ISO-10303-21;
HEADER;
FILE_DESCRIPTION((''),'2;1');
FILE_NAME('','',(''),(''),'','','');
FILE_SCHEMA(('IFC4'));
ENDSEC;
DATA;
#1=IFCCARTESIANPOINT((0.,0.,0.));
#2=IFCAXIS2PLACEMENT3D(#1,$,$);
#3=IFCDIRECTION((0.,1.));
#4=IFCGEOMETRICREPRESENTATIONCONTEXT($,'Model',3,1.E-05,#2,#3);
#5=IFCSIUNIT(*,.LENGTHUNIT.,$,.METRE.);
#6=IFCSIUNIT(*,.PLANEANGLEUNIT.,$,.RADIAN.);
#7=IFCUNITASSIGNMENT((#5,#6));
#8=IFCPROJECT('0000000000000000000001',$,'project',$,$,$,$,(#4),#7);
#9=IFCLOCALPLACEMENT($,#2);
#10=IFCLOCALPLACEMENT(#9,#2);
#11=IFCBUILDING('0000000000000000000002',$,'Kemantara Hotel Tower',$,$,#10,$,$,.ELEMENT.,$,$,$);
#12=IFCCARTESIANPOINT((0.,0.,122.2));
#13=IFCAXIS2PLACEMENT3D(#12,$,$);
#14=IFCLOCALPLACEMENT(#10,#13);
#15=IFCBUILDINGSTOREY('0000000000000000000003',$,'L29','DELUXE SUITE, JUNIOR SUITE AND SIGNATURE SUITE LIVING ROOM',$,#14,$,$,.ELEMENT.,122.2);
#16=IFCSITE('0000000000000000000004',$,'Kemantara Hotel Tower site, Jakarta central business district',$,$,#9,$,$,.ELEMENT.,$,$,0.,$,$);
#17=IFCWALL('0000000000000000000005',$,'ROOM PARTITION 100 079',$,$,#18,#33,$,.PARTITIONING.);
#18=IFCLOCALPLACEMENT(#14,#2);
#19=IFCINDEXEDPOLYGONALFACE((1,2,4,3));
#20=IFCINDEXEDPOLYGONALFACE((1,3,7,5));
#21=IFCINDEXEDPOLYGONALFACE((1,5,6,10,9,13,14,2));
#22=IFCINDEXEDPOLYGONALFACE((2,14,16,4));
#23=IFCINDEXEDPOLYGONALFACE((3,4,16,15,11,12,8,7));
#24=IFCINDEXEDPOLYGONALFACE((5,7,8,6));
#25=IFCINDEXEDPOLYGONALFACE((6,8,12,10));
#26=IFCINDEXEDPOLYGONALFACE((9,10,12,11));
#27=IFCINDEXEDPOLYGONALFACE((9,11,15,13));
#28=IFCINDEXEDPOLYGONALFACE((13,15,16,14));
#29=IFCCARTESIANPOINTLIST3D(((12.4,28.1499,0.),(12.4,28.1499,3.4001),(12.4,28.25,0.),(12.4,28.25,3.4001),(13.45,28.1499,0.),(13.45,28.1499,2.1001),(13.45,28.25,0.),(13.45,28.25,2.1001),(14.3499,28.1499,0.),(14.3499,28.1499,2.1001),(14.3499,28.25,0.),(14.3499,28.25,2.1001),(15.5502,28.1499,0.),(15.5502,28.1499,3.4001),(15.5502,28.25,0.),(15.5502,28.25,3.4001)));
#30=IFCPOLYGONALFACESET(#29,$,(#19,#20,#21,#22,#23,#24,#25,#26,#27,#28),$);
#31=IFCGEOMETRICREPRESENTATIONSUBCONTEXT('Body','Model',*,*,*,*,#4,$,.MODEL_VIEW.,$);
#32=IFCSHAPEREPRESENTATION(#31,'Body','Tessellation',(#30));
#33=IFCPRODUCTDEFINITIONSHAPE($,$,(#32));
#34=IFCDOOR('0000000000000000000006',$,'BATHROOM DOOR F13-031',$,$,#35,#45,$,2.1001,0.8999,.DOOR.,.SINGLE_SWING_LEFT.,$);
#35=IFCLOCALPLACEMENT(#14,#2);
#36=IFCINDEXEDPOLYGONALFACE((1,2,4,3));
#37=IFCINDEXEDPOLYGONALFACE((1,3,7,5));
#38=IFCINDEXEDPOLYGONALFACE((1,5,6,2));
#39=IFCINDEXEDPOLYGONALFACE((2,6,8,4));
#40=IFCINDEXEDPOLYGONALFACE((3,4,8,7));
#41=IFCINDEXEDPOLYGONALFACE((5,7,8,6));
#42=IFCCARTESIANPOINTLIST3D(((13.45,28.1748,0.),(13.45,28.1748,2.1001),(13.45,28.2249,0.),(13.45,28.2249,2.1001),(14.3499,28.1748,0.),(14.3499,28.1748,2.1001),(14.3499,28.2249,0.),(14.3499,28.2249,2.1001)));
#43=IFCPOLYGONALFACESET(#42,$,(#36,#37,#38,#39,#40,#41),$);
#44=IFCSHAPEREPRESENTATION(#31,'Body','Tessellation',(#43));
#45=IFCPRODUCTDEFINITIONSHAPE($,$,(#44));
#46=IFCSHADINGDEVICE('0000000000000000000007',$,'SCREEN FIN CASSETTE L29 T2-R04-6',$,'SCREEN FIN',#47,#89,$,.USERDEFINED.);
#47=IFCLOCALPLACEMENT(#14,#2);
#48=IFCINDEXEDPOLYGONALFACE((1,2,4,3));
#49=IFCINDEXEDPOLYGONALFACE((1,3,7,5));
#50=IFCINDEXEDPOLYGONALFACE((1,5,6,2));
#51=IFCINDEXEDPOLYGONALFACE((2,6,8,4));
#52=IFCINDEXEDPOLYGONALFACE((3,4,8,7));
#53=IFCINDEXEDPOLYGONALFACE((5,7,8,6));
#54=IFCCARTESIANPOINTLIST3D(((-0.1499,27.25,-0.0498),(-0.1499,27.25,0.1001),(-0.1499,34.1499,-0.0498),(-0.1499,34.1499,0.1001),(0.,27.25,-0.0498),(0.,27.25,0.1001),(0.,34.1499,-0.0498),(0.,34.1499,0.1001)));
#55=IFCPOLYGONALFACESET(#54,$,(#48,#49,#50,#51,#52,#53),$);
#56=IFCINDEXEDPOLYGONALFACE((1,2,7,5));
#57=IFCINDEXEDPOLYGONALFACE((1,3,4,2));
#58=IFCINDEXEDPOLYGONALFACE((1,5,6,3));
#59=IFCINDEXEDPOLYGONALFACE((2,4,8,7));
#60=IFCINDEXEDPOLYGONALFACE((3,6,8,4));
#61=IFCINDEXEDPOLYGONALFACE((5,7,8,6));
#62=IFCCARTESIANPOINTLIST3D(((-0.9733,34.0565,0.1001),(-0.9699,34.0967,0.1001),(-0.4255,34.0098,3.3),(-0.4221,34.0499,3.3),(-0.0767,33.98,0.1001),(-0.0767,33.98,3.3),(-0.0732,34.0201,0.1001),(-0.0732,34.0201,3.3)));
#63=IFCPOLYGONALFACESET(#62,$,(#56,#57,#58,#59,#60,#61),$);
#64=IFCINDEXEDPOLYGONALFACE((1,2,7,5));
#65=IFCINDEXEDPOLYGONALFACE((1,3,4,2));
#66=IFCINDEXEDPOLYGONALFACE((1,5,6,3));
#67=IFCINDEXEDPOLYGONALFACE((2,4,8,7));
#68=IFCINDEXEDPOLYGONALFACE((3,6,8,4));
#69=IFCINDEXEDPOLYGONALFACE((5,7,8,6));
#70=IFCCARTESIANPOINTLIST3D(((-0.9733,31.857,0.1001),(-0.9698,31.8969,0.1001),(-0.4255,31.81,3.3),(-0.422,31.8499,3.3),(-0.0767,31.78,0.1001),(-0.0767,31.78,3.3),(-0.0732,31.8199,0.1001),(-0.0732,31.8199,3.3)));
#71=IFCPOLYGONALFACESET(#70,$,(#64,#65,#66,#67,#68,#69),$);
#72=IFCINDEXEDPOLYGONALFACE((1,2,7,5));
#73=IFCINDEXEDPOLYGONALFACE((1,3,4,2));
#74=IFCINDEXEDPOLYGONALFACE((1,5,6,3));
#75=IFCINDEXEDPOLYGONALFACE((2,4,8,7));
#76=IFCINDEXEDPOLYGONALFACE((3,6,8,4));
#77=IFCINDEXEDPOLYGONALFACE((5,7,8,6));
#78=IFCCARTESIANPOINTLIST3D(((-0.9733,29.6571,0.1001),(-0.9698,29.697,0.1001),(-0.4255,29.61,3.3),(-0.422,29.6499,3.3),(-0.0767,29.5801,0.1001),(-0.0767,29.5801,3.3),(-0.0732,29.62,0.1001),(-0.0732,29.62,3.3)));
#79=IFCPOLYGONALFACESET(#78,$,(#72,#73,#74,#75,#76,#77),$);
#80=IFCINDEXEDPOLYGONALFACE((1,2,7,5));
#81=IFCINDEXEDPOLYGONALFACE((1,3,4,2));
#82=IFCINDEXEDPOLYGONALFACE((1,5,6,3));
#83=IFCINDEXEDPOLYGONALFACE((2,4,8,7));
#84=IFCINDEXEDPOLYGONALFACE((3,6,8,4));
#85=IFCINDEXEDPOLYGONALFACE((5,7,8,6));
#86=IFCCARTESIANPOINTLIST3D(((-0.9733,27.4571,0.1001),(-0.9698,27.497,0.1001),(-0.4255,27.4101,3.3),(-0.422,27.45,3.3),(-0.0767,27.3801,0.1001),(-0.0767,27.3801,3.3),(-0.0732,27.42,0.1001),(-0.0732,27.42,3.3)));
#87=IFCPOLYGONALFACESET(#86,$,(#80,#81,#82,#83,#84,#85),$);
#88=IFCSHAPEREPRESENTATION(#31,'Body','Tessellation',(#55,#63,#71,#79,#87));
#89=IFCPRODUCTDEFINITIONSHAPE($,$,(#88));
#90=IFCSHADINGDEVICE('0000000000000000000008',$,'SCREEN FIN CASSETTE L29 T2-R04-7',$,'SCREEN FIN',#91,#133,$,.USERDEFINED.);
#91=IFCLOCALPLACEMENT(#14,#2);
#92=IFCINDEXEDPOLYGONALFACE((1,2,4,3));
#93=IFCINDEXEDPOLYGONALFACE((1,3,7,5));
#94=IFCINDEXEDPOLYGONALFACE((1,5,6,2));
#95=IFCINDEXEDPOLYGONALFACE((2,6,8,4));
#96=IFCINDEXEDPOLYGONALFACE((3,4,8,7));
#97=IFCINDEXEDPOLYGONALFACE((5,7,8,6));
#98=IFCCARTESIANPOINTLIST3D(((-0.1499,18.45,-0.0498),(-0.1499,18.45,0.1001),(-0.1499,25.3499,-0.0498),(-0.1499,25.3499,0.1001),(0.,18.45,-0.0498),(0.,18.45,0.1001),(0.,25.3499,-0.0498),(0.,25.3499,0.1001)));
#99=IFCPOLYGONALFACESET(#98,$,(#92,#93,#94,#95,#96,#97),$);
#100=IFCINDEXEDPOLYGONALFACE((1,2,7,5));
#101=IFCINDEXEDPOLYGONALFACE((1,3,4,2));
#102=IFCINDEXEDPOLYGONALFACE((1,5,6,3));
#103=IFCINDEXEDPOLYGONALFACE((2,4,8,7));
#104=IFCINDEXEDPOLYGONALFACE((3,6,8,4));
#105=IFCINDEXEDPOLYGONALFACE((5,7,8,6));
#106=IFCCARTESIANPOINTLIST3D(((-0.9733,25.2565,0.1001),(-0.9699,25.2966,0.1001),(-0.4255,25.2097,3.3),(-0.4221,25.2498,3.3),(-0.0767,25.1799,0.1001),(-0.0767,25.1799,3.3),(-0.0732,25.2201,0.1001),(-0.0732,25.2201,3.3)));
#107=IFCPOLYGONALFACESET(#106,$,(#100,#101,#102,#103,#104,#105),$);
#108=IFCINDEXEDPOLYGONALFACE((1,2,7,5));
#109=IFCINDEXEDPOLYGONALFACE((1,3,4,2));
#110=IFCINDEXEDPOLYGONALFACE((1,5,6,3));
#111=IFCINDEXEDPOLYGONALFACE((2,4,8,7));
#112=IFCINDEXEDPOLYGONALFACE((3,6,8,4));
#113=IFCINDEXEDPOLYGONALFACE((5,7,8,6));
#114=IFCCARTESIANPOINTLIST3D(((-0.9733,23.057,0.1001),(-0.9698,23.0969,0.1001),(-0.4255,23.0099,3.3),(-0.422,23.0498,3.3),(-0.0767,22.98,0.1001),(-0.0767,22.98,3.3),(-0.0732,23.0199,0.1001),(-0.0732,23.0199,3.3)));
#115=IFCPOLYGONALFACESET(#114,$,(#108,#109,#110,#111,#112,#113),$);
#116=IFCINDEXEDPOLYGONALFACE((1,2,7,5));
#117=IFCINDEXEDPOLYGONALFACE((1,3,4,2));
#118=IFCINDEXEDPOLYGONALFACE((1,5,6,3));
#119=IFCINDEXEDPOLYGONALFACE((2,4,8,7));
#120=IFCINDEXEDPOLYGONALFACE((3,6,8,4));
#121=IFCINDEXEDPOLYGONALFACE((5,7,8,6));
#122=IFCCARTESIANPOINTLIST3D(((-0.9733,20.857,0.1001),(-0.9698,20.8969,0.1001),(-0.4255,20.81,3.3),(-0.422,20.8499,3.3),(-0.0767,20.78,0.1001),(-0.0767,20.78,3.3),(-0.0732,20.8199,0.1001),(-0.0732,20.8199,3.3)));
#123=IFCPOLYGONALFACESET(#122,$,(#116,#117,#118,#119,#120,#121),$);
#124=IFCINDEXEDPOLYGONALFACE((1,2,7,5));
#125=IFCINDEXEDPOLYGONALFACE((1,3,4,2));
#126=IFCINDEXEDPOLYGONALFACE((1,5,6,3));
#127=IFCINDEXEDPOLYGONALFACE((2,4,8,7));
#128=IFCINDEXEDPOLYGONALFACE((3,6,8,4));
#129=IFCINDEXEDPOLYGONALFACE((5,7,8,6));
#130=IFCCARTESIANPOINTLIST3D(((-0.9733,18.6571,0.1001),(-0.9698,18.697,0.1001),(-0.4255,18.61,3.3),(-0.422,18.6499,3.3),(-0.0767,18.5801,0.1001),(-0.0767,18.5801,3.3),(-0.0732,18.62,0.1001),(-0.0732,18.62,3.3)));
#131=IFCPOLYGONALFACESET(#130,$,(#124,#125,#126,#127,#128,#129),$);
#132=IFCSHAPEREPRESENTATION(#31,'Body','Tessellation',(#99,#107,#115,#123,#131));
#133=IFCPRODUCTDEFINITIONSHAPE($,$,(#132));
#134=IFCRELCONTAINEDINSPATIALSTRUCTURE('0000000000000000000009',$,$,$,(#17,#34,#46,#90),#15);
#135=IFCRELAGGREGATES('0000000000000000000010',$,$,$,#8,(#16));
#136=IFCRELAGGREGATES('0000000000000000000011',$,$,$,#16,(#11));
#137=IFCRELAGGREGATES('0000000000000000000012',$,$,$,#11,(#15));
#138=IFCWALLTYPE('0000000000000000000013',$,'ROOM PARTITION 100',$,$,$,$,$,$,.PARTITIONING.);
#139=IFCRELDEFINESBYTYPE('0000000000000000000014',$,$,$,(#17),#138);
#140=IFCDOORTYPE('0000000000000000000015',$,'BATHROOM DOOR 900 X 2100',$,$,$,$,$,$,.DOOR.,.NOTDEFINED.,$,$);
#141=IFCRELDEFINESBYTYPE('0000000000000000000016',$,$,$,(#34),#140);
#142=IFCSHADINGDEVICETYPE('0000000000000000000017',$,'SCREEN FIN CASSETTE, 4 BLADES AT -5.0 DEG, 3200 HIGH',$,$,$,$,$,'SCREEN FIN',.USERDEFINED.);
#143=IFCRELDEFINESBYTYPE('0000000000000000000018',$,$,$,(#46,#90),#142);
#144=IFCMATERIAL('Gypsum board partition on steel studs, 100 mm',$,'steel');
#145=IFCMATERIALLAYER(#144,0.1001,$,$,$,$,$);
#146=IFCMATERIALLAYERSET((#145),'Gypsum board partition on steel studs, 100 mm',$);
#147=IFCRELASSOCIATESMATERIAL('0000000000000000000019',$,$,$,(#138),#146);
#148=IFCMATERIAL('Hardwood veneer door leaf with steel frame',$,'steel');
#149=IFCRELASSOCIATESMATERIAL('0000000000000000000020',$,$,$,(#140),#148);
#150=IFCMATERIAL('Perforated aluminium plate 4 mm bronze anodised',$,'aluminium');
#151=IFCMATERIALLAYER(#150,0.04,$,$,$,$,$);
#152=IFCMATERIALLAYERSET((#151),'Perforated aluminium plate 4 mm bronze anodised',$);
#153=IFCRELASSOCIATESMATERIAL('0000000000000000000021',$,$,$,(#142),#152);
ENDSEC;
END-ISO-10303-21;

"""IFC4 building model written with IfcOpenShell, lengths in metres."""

from ifc_helpers import new_model, si_unit, direction, frame, frame_2d, origin, origin_2d, place, context, subcontext, project, spatial, polyline, rectangle, outline, extrude, source, transform, mapped, material, layer, layer_set, type_object, element, fill, save


model = new_model("IFC4")

# Units and contexts
model_context = context("Model", 3, precision=1e-05, world=origin(), true_north=direction((0.0, 1.0)))
body_context = subcontext(model_context, "Body", "Model", "MODEL_VIEW")
ifc_project = project(units=[si_unit("LENGTHUNIT", "METRE"), si_unit("PLANEANGLEUNIT", "RADIAN")], contexts=[model_context])

# Site, building, storey
site_placement = place(None, origin())
site = spatial("IfcSite", under=ifc_project, at=site_placement, Name="Kemantara Hotel Tower site, Jakarta central business district", CompositionType="ELEMENT", RefElevation=0.0)
building_placement = place(site_placement, origin())
building = spatial("IfcBuilding", under=site, at=building_placement, Name="Kemantara Hotel Tower", CompositionType="ELEMENT")
storey_placement = place(building_placement, frame((0.0, 0.0, 122.2)))
storey = spatial("IfcBuildingStorey", under=building, at=storey_placement, Name="L29", Description="DELUXE SUITE, JUNIOR SUITE AND SIGNATURE SUITE LIVING ROOM", CompositionType="ELEMENT", Elevation=122.2)

# Shared definitions
ifc_material_1 = material(Name="Hardwood veneer door leaf with steel frame", Category="steel")

# Shared definitions
ifc_material_2 = material(Name="Gypsum board partition on steel studs, 100 mm", Category="steel")
ifc_layer_1 = layer(ifc_material_2, 0.1001)
ifc_layer_set_1 = layer_set([ifc_layer_1], Name="Gypsum board partition on steel studs, 100 mm")
wall_type_1 = type_object("IfcWallType", Name="ROOM PARTITION 100", PredefinedType="PARTITIONING", material=ifc_layer_set_1)

# Shared definitions
door_type_1 = type_object("IfcDoorType", Name="BATHROOM DOOR 900 X 2100", OperationType="NOTDEFINED", PredefinedType="DOOR", material=ifc_material_1)

# Wall, opening, door
wall_1_placement = place(storey_placement, frame((12.3999, 28.2, 0.0), z_axis=(0.0, 0.0, 1.0), x_axis=(1.0, 0.0, 0.0)))
wall_1 = element("IfcWall", 1, at=wall_1_placement, inside=storey, type_object=wall_type_1, Name="ROOM PARTITION 100 079", PredefinedType="PARTITIONING", context=body_context, shape_type="SweptSolid", body=[
    extrude(rectangle(XDim=3.1501, YDim=0.1001, at=frame_2d((1.5752, 0.0))), origin(), (0.0, 0.0, 1.0), 3.4001),
])
opening_1_placement = place(wall_1_placement, frame((1.05, 0.0, 0.0)))
opening_1 = element("IfcOpeningElement", 2, at=opening_1_placement, cuts=wall_1, PredefinedType="OPENING", context=body_context, shape_type="SweptSolid", body=[
    extrude(rectangle(XDim=0.8999, YDim=2.1001, at=frame_2d((0.45, 1.05))), frame((0.0, 0.0601, 0.0), z_axis=(0.0, -1.0, 0.0), x_axis=(1.0, 0.0, 0.0)), (0.0, 0.0, 1.0), 0.1201),
])
door_1_placement = place(opening_1_placement, origin())
door_1 = element("IfcDoor", 3, at=door_1_placement, inside=storey, type_object=door_type_1, Name="BATHROOM DOOR F13-031", OperationType="SINGLE_SWING_LEFT", OverallHeight=2.1001, OverallWidth=0.8999, PredefinedType="DOOR", context=body_context, shape_type="SweptSolid", body=[
    extrude(rectangle(XDim=0.8999, YDim=2.1001, at=frame_2d((0.45, 1.05))), frame((0.0, 0.0249, 0.0), z_axis=(0.0, -1.0, 0.0), x_axis=(1.0, 0.0, 0.0)), (0.0, 0.0, 1.0), 0.05),
])
fill(opening_1, door_1)

# Shading devices
ifc_material_3 = material(Name="Perforated aluminium plate 4 mm bronze anodised", Category="aluminium")
ifc_layer_2 = layer(ifc_material_3, 0.04)
ifc_layer_set_2 = layer_set([ifc_layer_2], Name="Perforated aluminium plate 4 mm bronze anodised")
shading_device_type = type_object("IfcShadingDeviceType", Name="SCREEN FIN CASSETTE, 4 BLADES AT -5.0 DEG, 3200 HIGH", ElementType="SCREEN FIN", PredefinedType="USERDEFINED", material=ifc_layer_set_2)
shared_shape = source(origin(), body_context, "Body", "SweptSolid", [
    extrude(rectangle(XDim=6.8999, YDim=0.1499, at=origin_2d()), frame((3.3, -0.075, -0.1499), z_axis=(0.0, 0.0, 1.0), x_axis=(1.0, 0.0, 0.0)), (0.0, 0.0, 1.0), 0.1499),
    extrude(outline(polyline([(0.0, 0.0), (0.8999, 0.0), (0.3501, 3.2), (0.0, 3.2), (0.0, 0.0)])), frame((0.02, -0.0767, 0.0), z_axis=(-0.996376, 0.085056, 0.0), x_axis=(-0.085056, -0.996376, 0.0)), (0.0, 0.0, 1.0), 0.0403),
    extrude(outline(polyline([(0.0, 0.0), (0.8999, 0.0), (0.3501, 3.2), (0.0, 3.2), (0.0, 0.0)])), frame((2.22, -0.0767, 0.0), z_axis=(-0.996332, 0.085575, 0.0), x_axis=(-0.085575, -0.996332, 0.0)), (0.0, 0.0, 1.0), 0.04),
    extrude(outline(polyline([(0.0, 0.0), (0.8999, 0.0), (0.3501, 3.2), (0.0, 3.2), (0.0, 0.0)])), frame((4.4199, -0.0767, 0.0), z_axis=(-0.996332, 0.085575, 0.0), x_axis=(-0.085575, -0.996332, 0.0)), (0.0, 0.0, 1.0), 0.04),
    extrude(outline(polyline([(0.0, 0.0), (0.8999, 0.0), (0.3501, 3.2), (0.0, 3.2), (0.0, 0.0)])), frame((6.6199, -0.0767, 0.0), z_axis=(-0.996332, 0.085575, 0.0), x_axis=(-0.085575, -0.996332, 0.0)), (0.0, 0.0, 1.0), 0.04),
])
for number, where, z_axis, x_axis, name in (
    (4, (0.0, 34.0, 0.1001), (0.0, 0.0, 1.0), (0.0, -1.0, 0.0), "SCREEN FIN CASSETTE L29 T2-R04-6"),
    (5, (0.0, 25.2, 0.1001), (0.0, 0.0, 1.0), (0.0, -1.0, 0.0), "SCREEN FIN CASSETTE L29 T2-R04-7"),
):
    element("IfcShadingDevice", number, at=place(storey_placement, frame(where, z_axis=z_axis, x_axis=x_axis)), inside=storey, type_object=shading_device_type, Name=name, ObjectType="SCREEN FIN", PredefinedType="USERDEFINED", context=body_context, shape_type="MappedRepresentation", body=[
        mapped(shared_shape, transform((0.0, 0.0, 0.0))),
    ])

save(model, "model.ifc")
